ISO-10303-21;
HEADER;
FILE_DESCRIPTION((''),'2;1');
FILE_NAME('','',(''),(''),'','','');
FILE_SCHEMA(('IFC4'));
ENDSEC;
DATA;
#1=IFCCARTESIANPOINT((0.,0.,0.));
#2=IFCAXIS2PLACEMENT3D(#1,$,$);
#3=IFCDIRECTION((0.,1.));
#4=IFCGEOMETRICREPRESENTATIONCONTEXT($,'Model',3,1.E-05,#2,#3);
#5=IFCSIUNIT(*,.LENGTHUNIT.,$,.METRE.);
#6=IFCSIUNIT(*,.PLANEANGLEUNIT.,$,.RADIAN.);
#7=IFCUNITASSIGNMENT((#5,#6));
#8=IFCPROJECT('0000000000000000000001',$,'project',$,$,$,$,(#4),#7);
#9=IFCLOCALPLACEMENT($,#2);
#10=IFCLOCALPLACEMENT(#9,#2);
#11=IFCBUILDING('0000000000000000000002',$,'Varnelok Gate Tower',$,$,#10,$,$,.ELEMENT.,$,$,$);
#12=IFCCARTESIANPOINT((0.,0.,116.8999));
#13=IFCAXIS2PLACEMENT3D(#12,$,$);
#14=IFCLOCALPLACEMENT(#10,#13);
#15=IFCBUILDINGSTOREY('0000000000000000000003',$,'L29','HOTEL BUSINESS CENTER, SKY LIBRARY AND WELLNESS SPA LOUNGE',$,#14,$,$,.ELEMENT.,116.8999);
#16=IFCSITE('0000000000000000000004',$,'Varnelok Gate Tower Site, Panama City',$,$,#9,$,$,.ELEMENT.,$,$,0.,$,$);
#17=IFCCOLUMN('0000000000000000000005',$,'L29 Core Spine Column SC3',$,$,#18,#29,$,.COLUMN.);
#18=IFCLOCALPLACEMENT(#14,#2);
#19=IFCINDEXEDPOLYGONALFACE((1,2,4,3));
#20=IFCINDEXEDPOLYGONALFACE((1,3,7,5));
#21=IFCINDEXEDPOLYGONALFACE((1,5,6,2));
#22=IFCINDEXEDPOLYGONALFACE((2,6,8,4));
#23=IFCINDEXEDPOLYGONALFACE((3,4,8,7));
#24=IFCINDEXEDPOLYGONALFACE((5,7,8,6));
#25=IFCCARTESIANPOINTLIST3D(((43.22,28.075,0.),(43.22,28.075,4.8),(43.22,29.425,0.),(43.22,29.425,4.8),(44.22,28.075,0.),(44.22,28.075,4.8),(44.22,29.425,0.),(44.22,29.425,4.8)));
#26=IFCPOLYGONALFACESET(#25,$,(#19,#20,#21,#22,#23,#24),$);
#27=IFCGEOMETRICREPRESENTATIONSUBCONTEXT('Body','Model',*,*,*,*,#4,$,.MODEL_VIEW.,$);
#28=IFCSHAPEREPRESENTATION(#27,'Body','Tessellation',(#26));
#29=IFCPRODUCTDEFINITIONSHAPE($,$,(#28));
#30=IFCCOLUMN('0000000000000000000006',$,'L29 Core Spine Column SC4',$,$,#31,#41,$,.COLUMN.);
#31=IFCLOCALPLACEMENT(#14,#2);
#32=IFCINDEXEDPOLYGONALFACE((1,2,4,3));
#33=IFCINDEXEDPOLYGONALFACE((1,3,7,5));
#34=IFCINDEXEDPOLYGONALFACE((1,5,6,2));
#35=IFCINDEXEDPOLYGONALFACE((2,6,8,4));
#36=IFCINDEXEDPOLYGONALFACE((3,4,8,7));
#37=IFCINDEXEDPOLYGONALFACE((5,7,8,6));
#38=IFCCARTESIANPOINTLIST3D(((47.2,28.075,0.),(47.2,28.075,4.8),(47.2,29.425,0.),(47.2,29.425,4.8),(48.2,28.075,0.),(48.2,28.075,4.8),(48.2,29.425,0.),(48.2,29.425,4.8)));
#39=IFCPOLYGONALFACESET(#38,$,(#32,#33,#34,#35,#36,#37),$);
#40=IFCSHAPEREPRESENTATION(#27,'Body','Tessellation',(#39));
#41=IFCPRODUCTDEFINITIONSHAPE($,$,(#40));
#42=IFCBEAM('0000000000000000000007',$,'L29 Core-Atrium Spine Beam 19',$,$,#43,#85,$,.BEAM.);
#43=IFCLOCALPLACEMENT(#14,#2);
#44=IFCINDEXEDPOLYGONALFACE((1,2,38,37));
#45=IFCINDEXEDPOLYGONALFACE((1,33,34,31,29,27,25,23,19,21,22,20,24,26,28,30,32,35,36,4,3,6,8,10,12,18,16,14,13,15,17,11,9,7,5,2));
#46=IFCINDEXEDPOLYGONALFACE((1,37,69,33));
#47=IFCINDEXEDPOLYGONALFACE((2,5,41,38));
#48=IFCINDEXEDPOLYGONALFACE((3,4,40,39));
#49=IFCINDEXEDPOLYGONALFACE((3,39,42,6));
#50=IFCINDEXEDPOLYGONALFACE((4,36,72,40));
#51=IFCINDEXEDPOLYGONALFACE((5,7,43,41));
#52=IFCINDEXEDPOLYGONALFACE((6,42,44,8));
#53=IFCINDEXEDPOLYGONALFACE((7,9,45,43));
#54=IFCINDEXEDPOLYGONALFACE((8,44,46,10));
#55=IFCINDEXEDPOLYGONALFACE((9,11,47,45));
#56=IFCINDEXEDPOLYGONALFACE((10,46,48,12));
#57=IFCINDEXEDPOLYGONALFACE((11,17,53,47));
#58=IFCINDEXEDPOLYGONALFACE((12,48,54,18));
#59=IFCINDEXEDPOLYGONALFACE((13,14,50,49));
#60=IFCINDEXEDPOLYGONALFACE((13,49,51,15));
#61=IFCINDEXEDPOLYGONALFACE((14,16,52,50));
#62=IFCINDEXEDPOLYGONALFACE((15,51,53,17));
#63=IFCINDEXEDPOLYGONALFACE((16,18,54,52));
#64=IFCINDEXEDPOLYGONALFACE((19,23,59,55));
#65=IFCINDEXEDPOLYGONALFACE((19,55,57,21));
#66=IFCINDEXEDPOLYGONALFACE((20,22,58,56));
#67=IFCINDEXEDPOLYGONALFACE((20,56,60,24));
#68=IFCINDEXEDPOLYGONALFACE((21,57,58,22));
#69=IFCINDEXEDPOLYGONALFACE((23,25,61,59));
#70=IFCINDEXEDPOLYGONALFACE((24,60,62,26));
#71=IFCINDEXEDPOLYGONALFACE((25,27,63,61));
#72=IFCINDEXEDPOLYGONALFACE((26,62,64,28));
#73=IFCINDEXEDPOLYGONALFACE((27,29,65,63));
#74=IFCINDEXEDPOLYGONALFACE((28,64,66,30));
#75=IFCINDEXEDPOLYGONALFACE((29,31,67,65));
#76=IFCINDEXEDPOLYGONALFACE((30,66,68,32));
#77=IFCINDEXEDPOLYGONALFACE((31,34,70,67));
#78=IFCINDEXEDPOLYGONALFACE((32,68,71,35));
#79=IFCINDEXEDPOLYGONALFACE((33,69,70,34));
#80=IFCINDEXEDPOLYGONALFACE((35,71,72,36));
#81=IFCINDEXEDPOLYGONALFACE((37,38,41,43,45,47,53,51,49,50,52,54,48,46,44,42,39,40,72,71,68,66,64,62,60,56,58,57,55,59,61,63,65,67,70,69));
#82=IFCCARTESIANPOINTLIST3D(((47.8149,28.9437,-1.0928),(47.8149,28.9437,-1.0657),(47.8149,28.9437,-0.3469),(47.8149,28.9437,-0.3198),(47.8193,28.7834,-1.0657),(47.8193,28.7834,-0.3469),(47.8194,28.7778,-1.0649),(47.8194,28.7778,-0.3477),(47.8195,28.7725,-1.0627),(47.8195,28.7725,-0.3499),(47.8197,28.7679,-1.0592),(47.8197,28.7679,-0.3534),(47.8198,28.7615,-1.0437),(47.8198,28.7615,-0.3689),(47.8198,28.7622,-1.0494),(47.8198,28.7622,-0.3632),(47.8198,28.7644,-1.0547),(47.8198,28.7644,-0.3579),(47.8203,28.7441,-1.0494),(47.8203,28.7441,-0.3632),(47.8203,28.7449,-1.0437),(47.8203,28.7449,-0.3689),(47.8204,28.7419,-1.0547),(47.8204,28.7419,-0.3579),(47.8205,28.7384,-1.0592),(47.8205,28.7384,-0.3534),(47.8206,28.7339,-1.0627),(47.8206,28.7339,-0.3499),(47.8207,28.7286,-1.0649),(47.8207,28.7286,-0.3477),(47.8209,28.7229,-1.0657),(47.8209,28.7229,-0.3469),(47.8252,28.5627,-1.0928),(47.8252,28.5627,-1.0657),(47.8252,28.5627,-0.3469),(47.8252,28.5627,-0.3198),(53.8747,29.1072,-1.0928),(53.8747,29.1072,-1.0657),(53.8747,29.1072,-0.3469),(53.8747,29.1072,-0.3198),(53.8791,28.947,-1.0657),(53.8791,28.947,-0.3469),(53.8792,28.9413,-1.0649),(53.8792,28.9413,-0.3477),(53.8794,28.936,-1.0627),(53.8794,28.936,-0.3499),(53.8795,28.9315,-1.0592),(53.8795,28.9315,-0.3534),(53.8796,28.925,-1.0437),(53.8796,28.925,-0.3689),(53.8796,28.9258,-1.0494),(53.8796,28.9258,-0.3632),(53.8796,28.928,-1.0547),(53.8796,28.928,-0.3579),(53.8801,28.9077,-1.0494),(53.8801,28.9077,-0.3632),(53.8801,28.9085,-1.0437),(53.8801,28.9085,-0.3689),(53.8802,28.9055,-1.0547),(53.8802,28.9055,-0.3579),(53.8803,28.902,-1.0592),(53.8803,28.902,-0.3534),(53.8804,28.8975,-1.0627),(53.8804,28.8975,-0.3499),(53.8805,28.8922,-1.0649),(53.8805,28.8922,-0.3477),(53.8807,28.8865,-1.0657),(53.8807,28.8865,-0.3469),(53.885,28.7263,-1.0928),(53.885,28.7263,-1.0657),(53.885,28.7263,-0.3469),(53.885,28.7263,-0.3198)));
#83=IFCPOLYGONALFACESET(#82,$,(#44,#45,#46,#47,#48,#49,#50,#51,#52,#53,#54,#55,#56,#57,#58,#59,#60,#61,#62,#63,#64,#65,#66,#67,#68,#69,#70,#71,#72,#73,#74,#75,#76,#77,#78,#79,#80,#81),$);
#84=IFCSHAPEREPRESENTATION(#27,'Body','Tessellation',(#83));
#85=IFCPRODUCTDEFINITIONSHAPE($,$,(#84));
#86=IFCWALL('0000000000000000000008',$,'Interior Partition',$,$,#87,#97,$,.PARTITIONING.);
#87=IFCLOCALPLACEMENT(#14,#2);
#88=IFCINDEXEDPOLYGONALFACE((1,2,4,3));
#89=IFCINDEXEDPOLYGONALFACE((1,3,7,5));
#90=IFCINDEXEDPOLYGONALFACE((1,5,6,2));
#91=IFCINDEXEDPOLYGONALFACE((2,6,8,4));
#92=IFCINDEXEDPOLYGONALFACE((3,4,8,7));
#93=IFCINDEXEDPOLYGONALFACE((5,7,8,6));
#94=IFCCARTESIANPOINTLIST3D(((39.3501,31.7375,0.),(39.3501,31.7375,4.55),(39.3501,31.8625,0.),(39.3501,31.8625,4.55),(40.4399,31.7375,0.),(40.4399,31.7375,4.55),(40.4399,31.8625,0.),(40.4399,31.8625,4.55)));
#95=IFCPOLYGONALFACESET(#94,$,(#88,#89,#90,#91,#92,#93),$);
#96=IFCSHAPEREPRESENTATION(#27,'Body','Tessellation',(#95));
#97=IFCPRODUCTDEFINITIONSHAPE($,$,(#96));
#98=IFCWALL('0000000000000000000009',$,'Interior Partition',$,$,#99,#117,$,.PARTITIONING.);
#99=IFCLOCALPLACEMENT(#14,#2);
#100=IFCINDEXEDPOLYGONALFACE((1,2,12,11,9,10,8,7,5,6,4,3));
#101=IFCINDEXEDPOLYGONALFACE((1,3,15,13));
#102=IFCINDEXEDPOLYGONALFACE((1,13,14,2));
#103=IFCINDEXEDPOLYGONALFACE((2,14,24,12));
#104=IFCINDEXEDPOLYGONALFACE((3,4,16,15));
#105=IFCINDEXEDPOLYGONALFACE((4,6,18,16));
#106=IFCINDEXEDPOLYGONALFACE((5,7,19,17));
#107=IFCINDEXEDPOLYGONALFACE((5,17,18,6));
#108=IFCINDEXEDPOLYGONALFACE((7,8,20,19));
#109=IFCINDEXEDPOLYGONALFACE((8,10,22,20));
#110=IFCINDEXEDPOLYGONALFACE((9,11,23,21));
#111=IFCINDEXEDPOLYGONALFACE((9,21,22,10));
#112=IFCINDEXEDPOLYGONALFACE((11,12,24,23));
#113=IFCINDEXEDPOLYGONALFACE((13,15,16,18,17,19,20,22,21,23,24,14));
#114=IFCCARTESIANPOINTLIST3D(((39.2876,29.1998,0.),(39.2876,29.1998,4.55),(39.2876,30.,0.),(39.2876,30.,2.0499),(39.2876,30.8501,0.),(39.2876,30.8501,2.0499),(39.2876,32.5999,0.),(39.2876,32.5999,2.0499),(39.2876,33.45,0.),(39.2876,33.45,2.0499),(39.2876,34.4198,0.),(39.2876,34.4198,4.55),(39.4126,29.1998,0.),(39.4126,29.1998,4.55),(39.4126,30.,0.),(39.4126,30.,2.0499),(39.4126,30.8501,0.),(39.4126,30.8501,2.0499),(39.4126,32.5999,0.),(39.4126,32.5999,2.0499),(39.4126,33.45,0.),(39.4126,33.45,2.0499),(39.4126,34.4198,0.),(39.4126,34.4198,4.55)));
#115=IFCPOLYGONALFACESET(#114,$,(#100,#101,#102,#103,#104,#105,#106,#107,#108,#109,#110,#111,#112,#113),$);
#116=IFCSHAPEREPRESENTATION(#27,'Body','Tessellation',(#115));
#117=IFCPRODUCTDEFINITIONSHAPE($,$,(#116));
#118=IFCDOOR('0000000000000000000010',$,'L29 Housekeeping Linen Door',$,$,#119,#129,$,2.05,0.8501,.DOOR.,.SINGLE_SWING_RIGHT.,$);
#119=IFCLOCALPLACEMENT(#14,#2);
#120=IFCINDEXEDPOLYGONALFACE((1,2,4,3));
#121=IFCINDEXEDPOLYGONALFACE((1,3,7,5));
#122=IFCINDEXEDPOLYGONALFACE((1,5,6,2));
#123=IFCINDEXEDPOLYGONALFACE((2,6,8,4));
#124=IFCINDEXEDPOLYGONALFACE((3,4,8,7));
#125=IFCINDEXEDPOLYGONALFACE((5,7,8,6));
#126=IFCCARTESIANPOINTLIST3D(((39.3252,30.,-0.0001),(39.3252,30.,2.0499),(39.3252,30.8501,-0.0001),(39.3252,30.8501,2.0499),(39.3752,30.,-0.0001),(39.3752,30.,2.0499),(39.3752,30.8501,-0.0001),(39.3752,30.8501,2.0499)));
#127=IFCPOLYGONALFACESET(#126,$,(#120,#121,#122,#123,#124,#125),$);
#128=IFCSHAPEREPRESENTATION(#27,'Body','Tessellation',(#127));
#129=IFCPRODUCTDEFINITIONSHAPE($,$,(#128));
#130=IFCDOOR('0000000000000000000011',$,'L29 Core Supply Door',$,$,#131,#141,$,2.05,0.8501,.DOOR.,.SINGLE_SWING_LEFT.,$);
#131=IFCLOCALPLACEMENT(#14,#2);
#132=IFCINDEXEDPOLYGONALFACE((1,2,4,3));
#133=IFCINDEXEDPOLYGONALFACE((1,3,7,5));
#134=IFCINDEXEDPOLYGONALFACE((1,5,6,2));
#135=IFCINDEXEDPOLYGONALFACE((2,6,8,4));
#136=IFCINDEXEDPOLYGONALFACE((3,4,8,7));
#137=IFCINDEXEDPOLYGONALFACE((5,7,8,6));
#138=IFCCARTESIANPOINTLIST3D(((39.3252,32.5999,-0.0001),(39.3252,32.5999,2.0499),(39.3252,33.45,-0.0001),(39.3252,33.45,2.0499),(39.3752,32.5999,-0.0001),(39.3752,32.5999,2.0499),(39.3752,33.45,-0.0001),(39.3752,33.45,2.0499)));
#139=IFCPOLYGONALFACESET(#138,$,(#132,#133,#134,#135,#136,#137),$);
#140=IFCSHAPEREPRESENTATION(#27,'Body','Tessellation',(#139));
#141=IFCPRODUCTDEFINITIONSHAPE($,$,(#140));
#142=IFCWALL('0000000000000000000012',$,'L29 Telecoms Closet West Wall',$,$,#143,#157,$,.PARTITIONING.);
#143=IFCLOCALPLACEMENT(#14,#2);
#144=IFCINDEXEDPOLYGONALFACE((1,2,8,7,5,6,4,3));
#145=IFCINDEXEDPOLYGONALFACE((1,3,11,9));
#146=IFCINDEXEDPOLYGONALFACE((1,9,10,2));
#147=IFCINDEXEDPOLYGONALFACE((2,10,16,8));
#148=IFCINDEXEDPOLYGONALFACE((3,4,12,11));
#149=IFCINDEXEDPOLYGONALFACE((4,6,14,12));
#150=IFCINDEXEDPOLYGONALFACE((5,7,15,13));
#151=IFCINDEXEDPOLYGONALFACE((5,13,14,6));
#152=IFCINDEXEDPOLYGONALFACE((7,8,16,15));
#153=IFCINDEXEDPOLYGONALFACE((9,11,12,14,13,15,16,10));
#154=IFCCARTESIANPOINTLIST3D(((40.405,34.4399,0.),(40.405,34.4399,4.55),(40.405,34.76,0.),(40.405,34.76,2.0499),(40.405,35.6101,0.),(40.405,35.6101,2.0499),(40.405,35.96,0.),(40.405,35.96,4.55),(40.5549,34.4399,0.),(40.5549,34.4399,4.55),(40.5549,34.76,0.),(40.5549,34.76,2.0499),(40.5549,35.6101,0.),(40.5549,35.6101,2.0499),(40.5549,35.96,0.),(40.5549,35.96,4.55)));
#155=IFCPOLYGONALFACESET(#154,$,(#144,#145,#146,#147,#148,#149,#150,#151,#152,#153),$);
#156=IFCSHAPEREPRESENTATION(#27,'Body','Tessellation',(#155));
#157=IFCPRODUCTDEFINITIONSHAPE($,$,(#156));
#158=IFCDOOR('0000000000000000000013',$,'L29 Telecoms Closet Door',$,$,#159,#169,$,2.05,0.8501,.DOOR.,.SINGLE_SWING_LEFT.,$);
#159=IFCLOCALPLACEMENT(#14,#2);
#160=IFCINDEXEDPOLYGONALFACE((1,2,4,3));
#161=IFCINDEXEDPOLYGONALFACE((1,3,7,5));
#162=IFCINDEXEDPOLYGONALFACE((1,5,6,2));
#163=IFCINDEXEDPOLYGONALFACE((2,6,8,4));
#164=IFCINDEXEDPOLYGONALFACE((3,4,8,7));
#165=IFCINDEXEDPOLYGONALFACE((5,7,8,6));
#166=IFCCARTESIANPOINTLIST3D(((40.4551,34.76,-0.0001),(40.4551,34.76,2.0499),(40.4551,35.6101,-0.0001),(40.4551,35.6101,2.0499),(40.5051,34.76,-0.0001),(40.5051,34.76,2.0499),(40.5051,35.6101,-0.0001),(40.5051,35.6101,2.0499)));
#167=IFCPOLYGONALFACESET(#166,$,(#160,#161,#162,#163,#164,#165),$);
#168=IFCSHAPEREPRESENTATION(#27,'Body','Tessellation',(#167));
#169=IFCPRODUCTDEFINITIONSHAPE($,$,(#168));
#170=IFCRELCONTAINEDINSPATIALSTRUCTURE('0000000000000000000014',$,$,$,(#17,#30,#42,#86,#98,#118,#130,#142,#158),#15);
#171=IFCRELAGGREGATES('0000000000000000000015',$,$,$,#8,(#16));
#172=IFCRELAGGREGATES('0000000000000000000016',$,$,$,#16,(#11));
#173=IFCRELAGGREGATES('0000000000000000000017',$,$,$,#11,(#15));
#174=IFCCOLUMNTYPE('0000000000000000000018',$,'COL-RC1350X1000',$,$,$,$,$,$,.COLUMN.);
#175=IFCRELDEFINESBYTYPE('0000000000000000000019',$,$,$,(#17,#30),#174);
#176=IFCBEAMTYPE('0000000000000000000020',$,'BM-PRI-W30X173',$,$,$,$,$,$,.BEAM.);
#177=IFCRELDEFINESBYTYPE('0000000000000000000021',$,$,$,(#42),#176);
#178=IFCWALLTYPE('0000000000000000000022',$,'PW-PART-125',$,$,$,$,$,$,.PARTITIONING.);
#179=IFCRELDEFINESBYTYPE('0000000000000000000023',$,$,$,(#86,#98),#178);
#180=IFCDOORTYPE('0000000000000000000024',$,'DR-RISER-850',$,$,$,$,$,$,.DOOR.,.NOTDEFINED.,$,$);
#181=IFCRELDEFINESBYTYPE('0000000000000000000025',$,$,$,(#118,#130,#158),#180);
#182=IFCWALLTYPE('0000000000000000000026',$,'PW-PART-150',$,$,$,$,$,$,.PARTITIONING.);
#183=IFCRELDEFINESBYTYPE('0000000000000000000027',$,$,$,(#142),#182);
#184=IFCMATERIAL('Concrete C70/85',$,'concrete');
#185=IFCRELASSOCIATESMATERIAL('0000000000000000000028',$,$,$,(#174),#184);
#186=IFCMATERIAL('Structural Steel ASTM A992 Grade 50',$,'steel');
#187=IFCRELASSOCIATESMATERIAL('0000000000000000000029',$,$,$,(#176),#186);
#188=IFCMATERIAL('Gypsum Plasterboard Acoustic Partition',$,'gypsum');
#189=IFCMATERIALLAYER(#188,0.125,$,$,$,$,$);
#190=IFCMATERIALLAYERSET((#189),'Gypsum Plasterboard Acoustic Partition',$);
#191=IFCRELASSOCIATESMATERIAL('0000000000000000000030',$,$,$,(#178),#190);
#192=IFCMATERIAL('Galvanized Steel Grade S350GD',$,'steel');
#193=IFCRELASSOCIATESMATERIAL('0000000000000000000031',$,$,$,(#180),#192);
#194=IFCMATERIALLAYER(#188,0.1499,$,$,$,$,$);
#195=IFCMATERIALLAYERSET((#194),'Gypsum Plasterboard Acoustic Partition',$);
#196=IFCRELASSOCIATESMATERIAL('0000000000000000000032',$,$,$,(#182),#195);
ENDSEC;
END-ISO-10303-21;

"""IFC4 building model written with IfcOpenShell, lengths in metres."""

from ifc_helpers import new_model, si_unit, direction, frame, frame_2d, origin, origin_2d, place, context, subcontext, project, spatial, rectangle, i_section, extrude, material, layer, layer_set, material_profile, profile_set, type_object, element, fill, save


model = new_model("IFC4")

# Units and contexts
model_context = context("Model", 3, precision=1e-05, world=origin(), true_north=direction((0.0, 1.0)))
body_context = subcontext(model_context, "Body", "Model", "MODEL_VIEW")
ifc_project = project(units=[si_unit("LENGTHUNIT", "METRE"), si_unit("PLANEANGLEUNIT", "RADIAN")], contexts=[model_context])

# Site, building, storey
site_placement = place(None, origin())
site = spatial("IfcSite", under=ifc_project, at=site_placement, Name="Varnelok Gate Tower Site, Panama City", CompositionType="ELEMENT", RefElevation=0.0)
building_placement = place(site_placement, origin())
building = spatial("IfcBuilding", under=site, at=building_placement, Name="Varnelok Gate Tower", CompositionType="ELEMENT")
storey_placement = place(building_placement, frame((0.0, 0.0, 116.8999)))
storey = spatial("IfcBuildingStorey", under=building, at=storey_placement, Name="L29", Description="HOTEL BUSINESS CENTER, SKY LIBRARY AND WELLNESS SPA LOUNGE", CompositionType="ELEMENT", Elevation=116.8999)

# Columns
ifc_material_1 = material(Name="Concrete C70/85", Category="concrete")
ifc_material_profile_1 = material_profile(ifc_material_1, rectangle(XDim=1.0, YDim=1.3501, at=origin_2d()), Name="RC1350X1000")
ifc_profile_set_1 = profile_set([ifc_material_profile_1], Name="Concrete C70/85")
column_type = type_object("IfcColumnType", Name="COL-RC1350X1000", PredefinedType="COLUMN", material=ifc_profile_set_1)
for number, where, z_axis, x_axis, name in (
    (1, (43.72, 28.75, 0.0), (0.0, 0.0, 1.0), (1.0, 0.0, 0.0), "L29 Core Spine Column SC3"),
    (2, (47.7, 28.75, 0.0), (0.0, 0.0, 1.0), (1.0, 0.0, 0.0), "L29 Core Spine Column SC4"),
):
    element("IfcColumn", number, at=place(storey_placement, frame(where, z_axis=z_axis, x_axis=x_axis)), inside=storey, type_object=column_type, Name=name, PredefinedType="COLUMN", context=body_context, shape_type="SweptSolid", body=[
        extrude(rectangle(XDim=1.0, YDim=1.3501, at=origin_2d()), origin(), (0.0, 0.0, 1.0), 4.8),
    ])

# Beam
ifc_material_2 = material(Name="Structural Steel ASTM A992 Grade 50", Category="steel")
ifc_material_profile_2 = material_profile(ifc_material_2, i_section(OverallWidth=0.3811, OverallDepth=0.7729, WebThickness=0.0166, FlangeThickness=0.0271, FilletRadius=0.022, at=origin_2d()), Name="W30X173")
ifc_profile_set_2 = profile_set([ifc_material_profile_2], Name="Structural Steel ASTM A992 Grade 50")
beam_type = type_object("IfcBeamType", Name="BM-PRI-W30X173", PredefinedType="BEAM", material=ifc_profile_set_2)
beam_placement = place(storey_placement, frame((47.8201, 28.7532, -0.7063), z_axis=(0.999636, 0.026983, 0.0), x_axis=(-0.026983, 0.999636, 0.0)))
element("IfcBeam", 3, at=beam_placement, inside=storey, type_object=beam_type, Name="L29 Core-Atrium Spine Beam 19", PredefinedType="BEAM", context=body_context, shape_type="SweptSolid", body=[
    extrude(i_section(OverallWidth=0.3811, OverallDepth=0.7729, WebThickness=0.0166, FlangeThickness=0.0271, FilletRadius=0.022, at=origin_2d()), origin(), (0.0, 0.0, 1.0), 6.062),
])

# Wall
ifc_material_3 = material(Name="Gypsum Plasterboard Acoustic Partition", Category="gypsum")
ifc_layer_1 = layer(ifc_material_3, 0.125)
ifc_layer_set_1 = layer_set([ifc_layer_1], Name="Gypsum Plasterboard Acoustic Partition")
wall_type_1 = type_object("IfcWallType", Name="PW-PART-125", PredefinedType="PARTITIONING", material=ifc_layer_set_1)
wall_1_placement = place(storey_placement, frame((39.3501, 31.8, 0.0), z_axis=(0.0, 0.0, 1.0), x_axis=(1.0, 0.0, 0.0)))
element("IfcWall", 4, at=wall_1_placement, inside=storey, type_object=wall_type_1, Name="Interior Partition", PredefinedType="PARTITIONING", context=body_context, shape_type="SweptSolid", body=[
    extrude(rectangle(XDim=1.0898, YDim=0.125, at=frame_2d((0.5449, 0.0))), origin(), (0.0, 0.0, 1.0), 4.55),
])

# Wall, openings, doors
wall_2_placement = place(storey_placement, frame((39.3501, 29.2, 0.0), z_axis=(0.0, 0.0, 1.0), x_axis=(0.0, 1.0, 0.0)))
wall_2 = element("IfcWall", 5, at=wall_2_placement, inside=storey, type_object=wall_type_1, Name="Interior Partition", PredefinedType="PARTITIONING", context=body_context, shape_type="SweptSolid", body=[
    extrude(rectangle(XDim=5.22, YDim=0.125, at=frame_2d((2.6099, 0.0))), origin(), (0.0, 0.0, 1.0), 4.55),
])
opening_1_placement = place(wall_2_placement, frame((0.8, 0.0, 0.0)))
opening_1 = element("IfcOpeningElement", 6, at=opening_1_placement, cuts=wall_2, PredefinedType="OPENING", context=body_context, shape_type="SweptSolid", body=[
    extrude(rectangle(XDim=0.8501, YDim=2.05, at=frame_2d((0.425, 1.0249))), frame((0.0, 0.0725, 0.0), z_axis=(0.0, -1.0, 0.0), x_axis=(1.0, 0.0, 0.0)), (0.0, 0.0, 1.0), 0.145),
])
opening_2_placement = place(wall_2_placement, frame((3.3999, 0.0, 0.0)))
opening_2 = element("IfcOpeningElement", 7, at=opening_2_placement, cuts=wall_2, PredefinedType="OPENING", context=body_context, shape_type="SweptSolid", body=[
    extrude(rectangle(XDim=0.8501, YDim=2.05, at=frame_2d((0.425, 1.0249))), frame((0.0, 0.0725, 0.0), z_axis=(0.0, -1.0, 0.0), x_axis=(1.0, 0.0, 0.0)), (0.0, 0.0, 1.0), 0.145),
])
ifc_material_4 = material(Name="Galvanized Steel Grade S350GD", Category="steel")
door_type_1 = type_object("IfcDoorType", Name="DR-RISER-850", OperationType="NOTDEFINED", PredefinedType="DOOR", material=ifc_material_4)
door_1_placement = place(opening_1_placement, origin())
door_1 = element("IfcDoor", 8, at=door_1_placement, inside=storey, type_object=door_type_1, Name="L29 Housekeeping Linen Door", OperationType="SINGLE_SWING_RIGHT", OverallHeight=2.05, OverallWidth=0.8501, PredefinedType="DOOR", context=body_context, shape_type="SweptSolid", body=[
    extrude(rectangle(XDim=0.8501, YDim=2.05, at=frame_2d((0.425, 1.0249))), frame((0.0, 0.0249, 0.0), z_axis=(0.0, -1.0, 0.0), x_axis=(1.0, 0.0, 0.0)), (0.0, 0.0, 1.0), 0.05),
])
fill(opening_1, door_1)
door_2_placement = place(opening_2_placement, origin())
door_2 = element("IfcDoor", 9, at=door_2_placement, inside=storey, type_object=door_type_1, Name="L29 Core Supply Door", OperationType="SINGLE_SWING_LEFT", OverallHeight=2.05, OverallWidth=0.8501, PredefinedType="DOOR", context=body_context, shape_type="SweptSolid", body=[
    extrude(rectangle(XDim=0.8501, YDim=2.05, at=frame_2d((0.425, 1.0249))), frame((0.0, 0.0249, 0.0), z_axis=(0.0, -1.0, 0.0), x_axis=(1.0, 0.0, 0.0)), (0.0, 0.0, 1.0), 0.05),
])
fill(opening_2, door_2)

# Wall, opening, door
ifc_layer_2 = layer(ifc_material_3, 0.1499)
ifc_layer_set_2 = layer_set([ifc_layer_2], Name="Gypsum Plasterboard Acoustic Partition")
wall_type_2 = type_object("IfcWallType", Name="PW-PART-150", PredefinedType="PARTITIONING", material=ifc_layer_set_2)
wall_3_placement = place(storey_placement, frame((40.48, 34.4399, 0.0), z_axis=(0.0, 0.0, 1.0), x_axis=(0.0, 1.0, 0.0)))
wall_3 = element("IfcWall", 10, at=wall_3_placement, inside=storey, type_object=wall_type_2, Name="L29 Telecoms Closet West Wall", PredefinedType="PARTITIONING", context=body_context, shape_type="SweptSolid", body=[
    extrude(rectangle(XDim=1.52, YDim=0.1499, at=frame_2d((0.76, 0.0))), origin(), (0.0, 0.0, 1.0), 4.55),
])
opening_3_placement = place(wall_3_placement, frame((0.3201, 0.0, 0.0)))
opening_3 = element("IfcOpeningElement", 11, at=opening_3_placement, cuts=wall_3, PredefinedType="OPENING", context=body_context, shape_type="SweptSolid", body=[
    extrude(rectangle(XDim=0.8501, YDim=2.05, at=frame_2d((0.425, 1.0249))), frame((0.0, 0.085, 0.0), z_axis=(0.0, -1.0, 0.0), x_axis=(1.0, 0.0, 0.0)), (0.0, 0.0, 1.0), 0.1699),
])
door_3_placement = place(opening_3_placement, origin())
door_3 = element("IfcDoor", 12, at=door_3_placement, inside=storey, type_object=door_type_1, Name="L29 Telecoms Closet Door", OperationType="SINGLE_SWING_LEFT", OverallHeight=2.05, OverallWidth=0.8501, PredefinedType="DOOR", context=body_context, shape_type="SweptSolid", body=[
    extrude(rectangle(XDim=0.8501, YDim=2.05, at=frame_2d((0.425, 1.0249))), frame((0.0, 0.0249, 0.0), z_axis=(0.0, -1.0, 0.0), x_axis=(1.0, 0.0, 0.0)), (0.0, 0.0, 1.0), 0.05),
])
fill(opening_3, door_3)

save(model, "model.ifc")
